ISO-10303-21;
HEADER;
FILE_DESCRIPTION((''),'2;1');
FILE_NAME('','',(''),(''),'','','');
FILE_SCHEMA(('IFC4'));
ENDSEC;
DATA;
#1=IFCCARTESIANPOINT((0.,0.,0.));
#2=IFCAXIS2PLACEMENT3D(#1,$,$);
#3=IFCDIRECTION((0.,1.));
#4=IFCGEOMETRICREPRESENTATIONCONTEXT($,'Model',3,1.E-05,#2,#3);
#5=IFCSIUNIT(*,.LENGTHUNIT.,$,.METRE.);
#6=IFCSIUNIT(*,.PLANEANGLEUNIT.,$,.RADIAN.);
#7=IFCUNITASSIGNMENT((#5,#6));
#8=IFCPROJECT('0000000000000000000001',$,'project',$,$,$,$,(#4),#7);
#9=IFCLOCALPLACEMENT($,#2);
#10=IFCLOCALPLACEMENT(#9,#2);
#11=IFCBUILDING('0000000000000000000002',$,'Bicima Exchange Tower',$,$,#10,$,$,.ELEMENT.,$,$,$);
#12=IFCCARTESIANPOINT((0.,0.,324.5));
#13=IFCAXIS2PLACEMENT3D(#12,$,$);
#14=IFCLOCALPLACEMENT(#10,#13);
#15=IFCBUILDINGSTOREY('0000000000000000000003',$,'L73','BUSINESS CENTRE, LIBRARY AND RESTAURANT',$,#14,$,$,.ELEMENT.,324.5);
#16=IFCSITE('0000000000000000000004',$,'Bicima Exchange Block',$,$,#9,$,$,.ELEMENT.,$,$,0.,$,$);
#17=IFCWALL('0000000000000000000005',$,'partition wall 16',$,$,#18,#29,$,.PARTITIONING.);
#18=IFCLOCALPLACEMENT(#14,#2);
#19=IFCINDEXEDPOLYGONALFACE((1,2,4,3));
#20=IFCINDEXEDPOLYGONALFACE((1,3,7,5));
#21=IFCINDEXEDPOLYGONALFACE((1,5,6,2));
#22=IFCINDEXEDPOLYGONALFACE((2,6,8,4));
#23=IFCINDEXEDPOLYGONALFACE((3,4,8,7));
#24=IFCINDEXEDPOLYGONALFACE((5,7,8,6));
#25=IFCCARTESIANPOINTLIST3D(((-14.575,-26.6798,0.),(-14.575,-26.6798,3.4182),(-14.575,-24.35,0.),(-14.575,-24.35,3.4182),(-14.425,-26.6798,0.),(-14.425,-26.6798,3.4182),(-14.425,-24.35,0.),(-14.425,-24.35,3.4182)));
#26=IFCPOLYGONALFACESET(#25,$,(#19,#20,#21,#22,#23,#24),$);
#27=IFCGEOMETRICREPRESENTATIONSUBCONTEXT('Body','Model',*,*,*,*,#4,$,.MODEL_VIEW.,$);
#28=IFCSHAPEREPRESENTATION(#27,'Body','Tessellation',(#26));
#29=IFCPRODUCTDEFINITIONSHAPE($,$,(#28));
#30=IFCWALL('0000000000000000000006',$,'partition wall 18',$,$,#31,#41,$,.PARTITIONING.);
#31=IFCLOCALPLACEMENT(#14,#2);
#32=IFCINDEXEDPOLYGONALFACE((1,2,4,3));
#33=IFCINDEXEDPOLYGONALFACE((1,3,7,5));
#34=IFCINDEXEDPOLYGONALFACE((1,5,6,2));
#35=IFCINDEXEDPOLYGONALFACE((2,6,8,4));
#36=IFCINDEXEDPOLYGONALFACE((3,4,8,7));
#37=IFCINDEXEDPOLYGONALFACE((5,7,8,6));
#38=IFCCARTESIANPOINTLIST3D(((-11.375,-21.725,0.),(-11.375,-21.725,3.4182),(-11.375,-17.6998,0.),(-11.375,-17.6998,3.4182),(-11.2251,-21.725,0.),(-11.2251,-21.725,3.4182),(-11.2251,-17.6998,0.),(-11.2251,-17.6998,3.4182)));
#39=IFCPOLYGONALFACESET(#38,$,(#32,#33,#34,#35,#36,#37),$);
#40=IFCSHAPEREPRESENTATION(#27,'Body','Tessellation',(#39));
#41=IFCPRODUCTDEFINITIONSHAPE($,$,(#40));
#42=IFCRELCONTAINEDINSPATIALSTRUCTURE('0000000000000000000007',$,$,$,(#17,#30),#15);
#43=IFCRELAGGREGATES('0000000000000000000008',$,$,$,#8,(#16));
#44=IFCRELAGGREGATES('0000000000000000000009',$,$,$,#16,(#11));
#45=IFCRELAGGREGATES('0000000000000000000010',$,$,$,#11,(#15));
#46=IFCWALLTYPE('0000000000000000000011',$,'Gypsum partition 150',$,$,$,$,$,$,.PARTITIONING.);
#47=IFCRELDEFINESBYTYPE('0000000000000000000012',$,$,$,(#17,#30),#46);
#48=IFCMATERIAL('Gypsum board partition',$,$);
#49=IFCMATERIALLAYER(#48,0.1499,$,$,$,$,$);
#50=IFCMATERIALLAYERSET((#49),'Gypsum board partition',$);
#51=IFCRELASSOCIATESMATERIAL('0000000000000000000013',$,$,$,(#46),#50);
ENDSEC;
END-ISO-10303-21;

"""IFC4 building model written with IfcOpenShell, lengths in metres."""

from ifc_helpers import new_model, si_unit, direction, frame, frame_2d, origin, place, context, subcontext, project, spatial, rectangle, extrude, material, layer, layer_set, type_object, element, save


model = new_model("IFC4")

# Units and contexts
model_context = context("Model", 3, precision=1e-05, world=origin(), true_north=direction((0.0, 1.0)))
body_context = subcontext(model_context, "Body", "Model", "MODEL_VIEW")
ifc_project = project(units=[si_unit("LENGTHUNIT", "METRE"), si_unit("PLANEANGLEUNIT", "RADIAN")], contexts=[model_context])

# Site, building, storey
site_placement = place(None, origin())
site = spatial("IfcSite", under=ifc_project, at=site_placement, Name="Bicima Exchange Block", CompositionType="ELEMENT", RefElevation=0.0)
building_placement = place(site_placement, origin())
building = spatial("IfcBuilding", under=site, at=building_placement, Name="Bicima Exchange Tower", CompositionType="ELEMENT")
storey_placement = place(building_placement, frame((0.0, 0.0, 324.5)))
storey = spatial("IfcBuildingStorey", under=building, at=storey_placement, Name="L73", Description="BUSINESS CENTRE, LIBRARY AND RESTAURANT", CompositionType="ELEMENT", Elevation=324.5)

# Shared definitions
ifc_material_1 = material(Name="Gypsum board partition")

# Walls
ifc_layer_1 = layer(ifc_material_1, 0.1499)
ifc_layer_set_1 = layer_set([ifc_layer_1], Name="Gypsum board partition")
wall_type_1 = type_object("IfcWallType", Name="Gypsum partition 150", PredefinedType="PARTITIONING", material=ifc_layer_set_1)
wall_1_placement = place(storey_placement, frame((-14.5, -26.6799, 0.0), z_axis=(0.0, 0.0, 1.0), x_axis=(0.0, 1.0, 0.0)))
element("IfcWall", 1, at=wall_1_placement, inside=storey, type_object=wall_type_1, Name="partition wall 16", PredefinedType="PARTITIONING", context=body_context, shape_type="SweptSolid", body=[
    extrude(rectangle(XDim=2.3298, YDim=0.1499, at=frame_2d((1.165, 0.0))), origin(), (0.0, 0.0, 1.0), 3.4182),
])
wall_2_placement = place(storey_placement, frame((-11.3, -21.7251, 0.0), z_axis=(0.0, 0.0, 1.0), x_axis=(0.0, 1.0, 0.0)))
element("IfcWall", 2, at=wall_2_placement, inside=storey, type_object=wall_type_1, Name="partition wall 18", PredefinedType="PARTITIONING", context=body_context, shape_type="SweptSolid", body=[
    extrude(rectangle(XDim=4.0251, YDim=0.1499, at=frame_2d((2.0127, 0.0))), origin(), (0.0, 0.0, 1.0), 3.4182),
])

save(model, "model.ifc")
